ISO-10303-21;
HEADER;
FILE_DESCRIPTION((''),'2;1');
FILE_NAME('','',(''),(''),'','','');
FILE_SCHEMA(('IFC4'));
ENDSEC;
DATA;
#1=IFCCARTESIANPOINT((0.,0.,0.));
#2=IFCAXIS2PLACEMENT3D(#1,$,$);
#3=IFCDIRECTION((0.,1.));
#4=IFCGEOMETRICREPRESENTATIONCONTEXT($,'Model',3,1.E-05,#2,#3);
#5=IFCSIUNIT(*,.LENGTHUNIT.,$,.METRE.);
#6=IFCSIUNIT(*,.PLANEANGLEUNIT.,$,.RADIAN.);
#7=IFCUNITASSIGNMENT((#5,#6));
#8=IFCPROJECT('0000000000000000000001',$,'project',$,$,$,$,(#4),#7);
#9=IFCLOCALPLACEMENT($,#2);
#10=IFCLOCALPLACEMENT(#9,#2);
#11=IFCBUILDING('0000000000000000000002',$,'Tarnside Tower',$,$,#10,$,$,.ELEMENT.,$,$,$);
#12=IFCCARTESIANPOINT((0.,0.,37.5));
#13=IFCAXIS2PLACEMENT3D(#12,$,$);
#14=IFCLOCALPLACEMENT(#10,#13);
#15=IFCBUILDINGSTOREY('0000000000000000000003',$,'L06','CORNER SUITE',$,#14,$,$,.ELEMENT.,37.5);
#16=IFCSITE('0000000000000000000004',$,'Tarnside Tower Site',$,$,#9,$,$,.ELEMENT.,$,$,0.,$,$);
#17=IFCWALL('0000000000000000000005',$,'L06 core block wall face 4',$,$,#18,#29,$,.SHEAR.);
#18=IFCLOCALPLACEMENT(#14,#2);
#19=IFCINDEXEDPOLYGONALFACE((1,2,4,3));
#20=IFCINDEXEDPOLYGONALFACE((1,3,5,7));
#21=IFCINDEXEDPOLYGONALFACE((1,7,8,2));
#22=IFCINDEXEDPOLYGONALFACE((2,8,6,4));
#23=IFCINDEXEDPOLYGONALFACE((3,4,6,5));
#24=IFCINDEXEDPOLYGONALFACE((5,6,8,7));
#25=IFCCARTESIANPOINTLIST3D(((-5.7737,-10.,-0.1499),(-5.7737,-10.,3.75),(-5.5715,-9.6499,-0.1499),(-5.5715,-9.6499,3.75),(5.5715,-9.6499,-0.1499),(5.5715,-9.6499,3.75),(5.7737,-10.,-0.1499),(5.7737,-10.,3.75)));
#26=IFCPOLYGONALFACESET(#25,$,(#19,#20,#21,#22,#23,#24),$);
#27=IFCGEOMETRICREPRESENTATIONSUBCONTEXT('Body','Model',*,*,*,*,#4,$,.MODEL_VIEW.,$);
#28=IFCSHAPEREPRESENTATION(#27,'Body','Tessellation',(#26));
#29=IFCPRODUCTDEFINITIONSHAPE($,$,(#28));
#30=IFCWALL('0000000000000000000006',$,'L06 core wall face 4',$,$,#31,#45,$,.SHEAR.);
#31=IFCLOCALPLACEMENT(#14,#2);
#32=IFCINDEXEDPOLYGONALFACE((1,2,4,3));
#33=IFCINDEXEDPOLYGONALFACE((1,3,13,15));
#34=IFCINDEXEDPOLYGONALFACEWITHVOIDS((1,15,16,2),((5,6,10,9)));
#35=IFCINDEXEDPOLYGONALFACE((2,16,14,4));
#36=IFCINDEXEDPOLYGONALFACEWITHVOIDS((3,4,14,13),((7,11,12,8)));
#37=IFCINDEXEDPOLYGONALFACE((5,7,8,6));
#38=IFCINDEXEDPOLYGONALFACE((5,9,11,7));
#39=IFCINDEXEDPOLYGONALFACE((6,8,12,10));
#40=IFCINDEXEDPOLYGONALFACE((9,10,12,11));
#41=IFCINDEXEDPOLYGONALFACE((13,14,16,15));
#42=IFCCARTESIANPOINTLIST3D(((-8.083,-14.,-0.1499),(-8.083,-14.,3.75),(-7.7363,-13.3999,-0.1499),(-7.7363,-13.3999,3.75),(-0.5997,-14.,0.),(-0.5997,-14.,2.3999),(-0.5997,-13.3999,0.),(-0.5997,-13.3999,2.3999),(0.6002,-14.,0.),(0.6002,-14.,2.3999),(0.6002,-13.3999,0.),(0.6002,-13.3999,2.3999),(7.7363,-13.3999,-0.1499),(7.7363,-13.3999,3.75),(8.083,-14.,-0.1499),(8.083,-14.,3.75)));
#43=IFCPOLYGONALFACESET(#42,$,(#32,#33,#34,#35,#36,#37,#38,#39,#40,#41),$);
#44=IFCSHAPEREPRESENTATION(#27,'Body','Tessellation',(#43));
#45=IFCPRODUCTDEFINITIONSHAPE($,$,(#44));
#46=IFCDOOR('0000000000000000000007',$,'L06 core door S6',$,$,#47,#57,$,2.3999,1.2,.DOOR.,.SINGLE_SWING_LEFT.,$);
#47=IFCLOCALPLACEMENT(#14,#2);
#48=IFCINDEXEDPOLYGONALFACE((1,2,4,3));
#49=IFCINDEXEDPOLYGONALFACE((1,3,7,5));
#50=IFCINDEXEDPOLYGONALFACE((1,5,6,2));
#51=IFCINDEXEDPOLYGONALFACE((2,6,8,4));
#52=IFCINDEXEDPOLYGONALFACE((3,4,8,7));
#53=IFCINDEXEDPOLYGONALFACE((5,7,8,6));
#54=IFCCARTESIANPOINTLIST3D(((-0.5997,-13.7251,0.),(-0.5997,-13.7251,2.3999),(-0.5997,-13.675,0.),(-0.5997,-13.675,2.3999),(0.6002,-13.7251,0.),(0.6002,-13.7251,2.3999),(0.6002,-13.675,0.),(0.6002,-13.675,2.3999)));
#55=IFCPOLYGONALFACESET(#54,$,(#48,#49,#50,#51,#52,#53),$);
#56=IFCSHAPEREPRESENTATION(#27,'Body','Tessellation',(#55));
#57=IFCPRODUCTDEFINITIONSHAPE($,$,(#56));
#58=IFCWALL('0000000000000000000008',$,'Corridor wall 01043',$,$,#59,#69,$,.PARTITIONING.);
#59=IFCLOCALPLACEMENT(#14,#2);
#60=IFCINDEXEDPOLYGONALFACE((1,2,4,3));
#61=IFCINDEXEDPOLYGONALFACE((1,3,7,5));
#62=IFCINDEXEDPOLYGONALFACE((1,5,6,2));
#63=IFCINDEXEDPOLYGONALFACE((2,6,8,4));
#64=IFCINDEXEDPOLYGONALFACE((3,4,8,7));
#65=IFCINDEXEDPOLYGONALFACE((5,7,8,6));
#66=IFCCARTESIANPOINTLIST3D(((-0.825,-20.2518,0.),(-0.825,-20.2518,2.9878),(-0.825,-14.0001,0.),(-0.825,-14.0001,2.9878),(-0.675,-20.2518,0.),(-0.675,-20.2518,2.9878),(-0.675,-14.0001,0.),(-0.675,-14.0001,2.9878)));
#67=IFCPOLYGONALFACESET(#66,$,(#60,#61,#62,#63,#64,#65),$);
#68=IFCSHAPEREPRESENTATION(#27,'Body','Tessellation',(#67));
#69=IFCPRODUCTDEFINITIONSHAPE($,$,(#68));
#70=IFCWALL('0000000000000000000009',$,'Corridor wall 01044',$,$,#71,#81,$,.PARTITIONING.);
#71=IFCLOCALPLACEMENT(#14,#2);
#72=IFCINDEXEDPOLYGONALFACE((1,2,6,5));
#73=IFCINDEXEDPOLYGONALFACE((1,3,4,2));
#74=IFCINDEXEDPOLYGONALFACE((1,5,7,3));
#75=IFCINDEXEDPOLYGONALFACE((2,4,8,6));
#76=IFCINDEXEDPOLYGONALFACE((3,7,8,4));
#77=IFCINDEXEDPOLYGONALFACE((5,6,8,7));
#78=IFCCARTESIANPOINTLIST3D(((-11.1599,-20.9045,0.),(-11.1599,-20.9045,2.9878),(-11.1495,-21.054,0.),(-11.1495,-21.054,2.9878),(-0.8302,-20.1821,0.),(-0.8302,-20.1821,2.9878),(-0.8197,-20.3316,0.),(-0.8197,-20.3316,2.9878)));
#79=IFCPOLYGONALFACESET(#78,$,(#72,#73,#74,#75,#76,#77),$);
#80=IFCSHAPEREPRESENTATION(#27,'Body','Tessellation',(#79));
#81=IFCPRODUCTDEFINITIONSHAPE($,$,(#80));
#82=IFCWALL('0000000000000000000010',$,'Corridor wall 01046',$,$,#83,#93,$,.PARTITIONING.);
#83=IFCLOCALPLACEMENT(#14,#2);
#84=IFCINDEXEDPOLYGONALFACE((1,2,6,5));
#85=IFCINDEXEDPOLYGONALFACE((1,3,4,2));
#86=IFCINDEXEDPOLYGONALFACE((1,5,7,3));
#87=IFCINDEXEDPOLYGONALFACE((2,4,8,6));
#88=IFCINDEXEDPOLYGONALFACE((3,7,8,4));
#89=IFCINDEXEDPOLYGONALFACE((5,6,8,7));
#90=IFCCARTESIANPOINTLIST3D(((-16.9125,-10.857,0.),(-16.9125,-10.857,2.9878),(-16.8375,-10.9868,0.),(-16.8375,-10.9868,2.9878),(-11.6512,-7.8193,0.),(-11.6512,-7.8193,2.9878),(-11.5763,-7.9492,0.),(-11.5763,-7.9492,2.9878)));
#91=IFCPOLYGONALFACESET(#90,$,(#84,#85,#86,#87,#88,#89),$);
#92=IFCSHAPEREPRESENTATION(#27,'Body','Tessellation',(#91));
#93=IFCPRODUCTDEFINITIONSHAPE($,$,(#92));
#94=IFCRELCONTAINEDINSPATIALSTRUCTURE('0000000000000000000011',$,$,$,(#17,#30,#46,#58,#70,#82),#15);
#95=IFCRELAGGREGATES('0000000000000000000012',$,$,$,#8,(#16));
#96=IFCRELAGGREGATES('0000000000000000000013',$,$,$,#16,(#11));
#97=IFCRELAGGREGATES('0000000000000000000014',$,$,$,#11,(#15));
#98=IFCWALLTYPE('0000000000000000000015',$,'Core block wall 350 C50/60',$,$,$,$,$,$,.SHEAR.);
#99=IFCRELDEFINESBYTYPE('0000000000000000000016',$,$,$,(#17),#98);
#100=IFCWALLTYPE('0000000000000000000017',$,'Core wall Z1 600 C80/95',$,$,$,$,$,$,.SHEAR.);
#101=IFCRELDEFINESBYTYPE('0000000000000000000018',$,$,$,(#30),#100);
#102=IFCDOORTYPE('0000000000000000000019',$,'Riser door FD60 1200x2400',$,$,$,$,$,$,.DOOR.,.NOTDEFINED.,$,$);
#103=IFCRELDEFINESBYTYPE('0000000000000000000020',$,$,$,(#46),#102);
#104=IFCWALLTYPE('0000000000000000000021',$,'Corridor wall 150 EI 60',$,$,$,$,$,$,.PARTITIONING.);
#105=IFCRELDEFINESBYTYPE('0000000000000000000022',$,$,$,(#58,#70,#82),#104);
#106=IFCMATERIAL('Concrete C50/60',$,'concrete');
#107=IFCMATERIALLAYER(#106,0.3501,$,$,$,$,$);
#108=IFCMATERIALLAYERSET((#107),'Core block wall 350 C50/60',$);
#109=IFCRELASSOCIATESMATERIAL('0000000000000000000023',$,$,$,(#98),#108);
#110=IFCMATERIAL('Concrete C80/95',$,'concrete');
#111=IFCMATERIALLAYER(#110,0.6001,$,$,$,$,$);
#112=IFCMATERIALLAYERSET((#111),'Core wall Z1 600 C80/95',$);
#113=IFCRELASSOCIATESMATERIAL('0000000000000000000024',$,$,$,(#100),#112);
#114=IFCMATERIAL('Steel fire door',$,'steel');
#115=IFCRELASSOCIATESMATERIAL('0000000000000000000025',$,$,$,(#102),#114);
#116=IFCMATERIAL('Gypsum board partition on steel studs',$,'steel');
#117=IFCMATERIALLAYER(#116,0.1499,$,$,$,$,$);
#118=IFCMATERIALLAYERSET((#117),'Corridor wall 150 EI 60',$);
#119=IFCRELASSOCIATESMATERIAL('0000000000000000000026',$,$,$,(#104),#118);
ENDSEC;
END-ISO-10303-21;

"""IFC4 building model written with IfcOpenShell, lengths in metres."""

from ifc_helpers import new_model, si_unit, direction, frame, frame_2d, origin, place, context, subcontext, project, spatial, polyline, rectangle, outline, extrude, material, layer, layer_set, type_object, element, fill, save


model = new_model("IFC4")

# Units and contexts
model_context = context("Model", 3, precision=1e-05, world=origin(), true_north=direction((0.0, 1.0)))
body_context = subcontext(model_context, "Body", "Model", "MODEL_VIEW")
ifc_project = project(units=[si_unit("LENGTHUNIT", "METRE"), si_unit("PLANEANGLEUNIT", "RADIAN")], contexts=[model_context])

# Site, building, storey
site_placement = place(None, origin())
site = spatial("IfcSite", under=ifc_project, at=site_placement, Name="Tarnside Tower Site", CompositionType="ELEMENT", RefElevation=0.0)
building_placement = place(site_placement, origin())
building = spatial("IfcBuilding", under=site, at=building_placement, Name="Tarnside Tower", CompositionType="ELEMENT")
storey_placement = place(building_placement, frame((0.0, 0.0, 37.5)))
storey = spatial("IfcBuildingStorey", under=building, at=storey_placement, Name="L06", Description="CORNER SUITE", CompositionType="ELEMENT", Elevation=37.5)

# Wall
ifc_material_1 = material(Name="Concrete C50/60", Category="concrete")
ifc_layer_1 = layer(ifc_material_1, 0.3501)
ifc_layer_set_1 = layer_set([ifc_layer_1], Name="Core block wall 350 C50/60")
wall_type_1 = type_object("IfcWallType", Name="Core block wall 350 C50/60", PredefinedType="SHEAR", material=ifc_layer_set_1)
wall_1_placement = place(storey_placement, frame((-5.6726, -9.825, -0.1499), z_axis=(0.0, 0.0, 1.0), x_axis=(1.0, 0.0, 0.0)))
element("IfcWall", 1, at=wall_1_placement, inside=storey, type_object=wall_type_1, Name="L06 core block wall face 4", PredefinedType="SHEAR", context=body_context, shape_type="SweptSolid", body=[
    extrude(outline(polyline([(-0.1011, -0.175), (11.4463, -0.175), (11.2441, 0.175), (0.1011, 0.175), (-0.1011, -0.175)])), origin(), (0.0, 0.0, 1.0), 3.8999),
])

# Wall, opening, door
ifc_material_2 = material(Name="Concrete C80/95", Category="concrete")
ifc_layer_2 = layer(ifc_material_2, 0.6001)
ifc_layer_set_2 = layer_set([ifc_layer_2], Name="Core wall Z1 600 C80/95")
wall_type_2 = type_object("IfcWallType", Name="Core wall Z1 600 C80/95", PredefinedType="SHEAR", material=ifc_layer_set_2)
wall_2_placement = place(storey_placement, frame((-7.9097, -13.7, -0.1499), z_axis=(0.0, 0.0, 1.0), x_axis=(1.0, 0.0, 0.0)))
wall_2 = element("IfcWall", 2, at=wall_2_placement, inside=storey, type_object=wall_type_2, Name="L06 core wall face 4", PredefinedType="SHEAR", context=body_context, shape_type="SweptSolid", body=[
    extrude(outline(polyline([(-0.1733, -0.3), (15.9927, -0.3), (15.646, 0.3), (0.1733, 0.3), (-0.1733, -0.3)])), origin(), (0.0, 0.0, 1.0), 3.8999),
])
opening_1_placement = place(wall_2_placement, frame((7.3098, 0.0, 0.1499)))
opening_1 = element("IfcOpeningElement", 3, at=opening_1_placement, cuts=wall_2, PredefinedType="OPENING", context=body_context, shape_type="SweptSolid", body=[
    extrude(rectangle(XDim=1.2, YDim=2.3999, at=frame_2d((0.6001, 1.2))), frame((0.0, 0.3101, 0.0), z_axis=(0.0, -1.0, 0.0), x_axis=(1.0, 0.0, 0.0)), (0.0, 0.0, 1.0), 0.6201),
])
ifc_material_3 = material(Name="Steel fire door", Category="steel")
door_type_1 = type_object("IfcDoorType", Name="Riser door FD60 1200x2400", OperationType="NOTDEFINED", PredefinedType="DOOR", material=ifc_material_3)
door_1_placement = place(opening_1_placement, origin())
door_1 = element("IfcDoor", 4, at=door_1_placement, inside=storey, type_object=door_type_1, Name="L06 core door S6", OperationType="SINGLE_SWING_LEFT", OverallHeight=2.3999, OverallWidth=1.2, PredefinedType="DOOR", context=body_context, shape_type="SweptSolid", body=[
    extrude(rectangle(XDim=1.2, YDim=2.3999, at=frame_2d((0.6001, 1.2))), frame((0.0, 0.0249, 0.0), z_axis=(0.0, -1.0, 0.0), x_axis=(1.0, 0.0, 0.0)), (0.0, 0.0, 1.0), 0.05),
])
fill(opening_1, door_1)

# Walls
ifc_material_4 = material(Name="Gypsum board partition on steel studs", Category="steel")
ifc_layer_3 = layer(ifc_material_4, 0.1499)
ifc_layer_set_3 = layer_set([ifc_layer_3], Name="Corridor wall 150 EI 60")
wall_type_3 = type_object("IfcWallType", Name="Corridor wall 150 EI 60", PredefinedType="PARTITIONING", material=ifc_layer_set_3)
wall_3_placement = place(storey_placement, frame((-0.75, -14.0, 0.0), z_axis=(0.0, 0.0, 1.0), x_axis=(0.0, -1.0, 0.0)))
element("IfcWall", 5, at=wall_3_placement, inside=storey, type_object=wall_type_3, Name="Corridor wall 01043", PredefinedType="PARTITIONING", context=body_context, shape_type="SweptSolid", body=[
    extrude(rectangle(XDim=6.2517, YDim=0.1499, at=frame_2d((3.126, 0.0))), origin(), (0.0, 0.0, 1.0), 2.9878),
])
wall_4_placement = place(storey_placement, frame((-0.825, -20.2568, 0.0), z_axis=(0.0, 0.0, 1.0), x_axis=(-0.997564, -0.069764, 0.0)))
element("IfcWall", 6, at=wall_4_placement, inside=storey, type_object=wall_type_3, Name="Corridor wall 01044", PredefinedType="PARTITIONING", context=body_context, shape_type="SweptSolid", body=[
    extrude(rectangle(XDim=10.355, YDim=0.1499, at=frame_2d((5.1775, 0.0))), origin(), (0.0, 0.0, 1.0), 2.9878),
])
wall_5_placement = place(storey_placement, frame((-16.875, -10.9219, 0.0), z_axis=(0.0, 0.0, 1.0), x_axis=(0.866024, 0.500003, 0.0)))
element("IfcWall", 7, at=wall_5_placement, inside=storey, type_object=wall_type_3, Name="Corridor wall 01046", PredefinedType="PARTITIONING", context=body_context, shape_type="SweptSolid", body=[
    extrude(rectangle(XDim=6.0752, YDim=0.1499, at=frame_2d((3.0376, 0.0))), origin(), (0.0, 0.0, 1.0), 2.9878),
])

save(model, "model.ifc")
